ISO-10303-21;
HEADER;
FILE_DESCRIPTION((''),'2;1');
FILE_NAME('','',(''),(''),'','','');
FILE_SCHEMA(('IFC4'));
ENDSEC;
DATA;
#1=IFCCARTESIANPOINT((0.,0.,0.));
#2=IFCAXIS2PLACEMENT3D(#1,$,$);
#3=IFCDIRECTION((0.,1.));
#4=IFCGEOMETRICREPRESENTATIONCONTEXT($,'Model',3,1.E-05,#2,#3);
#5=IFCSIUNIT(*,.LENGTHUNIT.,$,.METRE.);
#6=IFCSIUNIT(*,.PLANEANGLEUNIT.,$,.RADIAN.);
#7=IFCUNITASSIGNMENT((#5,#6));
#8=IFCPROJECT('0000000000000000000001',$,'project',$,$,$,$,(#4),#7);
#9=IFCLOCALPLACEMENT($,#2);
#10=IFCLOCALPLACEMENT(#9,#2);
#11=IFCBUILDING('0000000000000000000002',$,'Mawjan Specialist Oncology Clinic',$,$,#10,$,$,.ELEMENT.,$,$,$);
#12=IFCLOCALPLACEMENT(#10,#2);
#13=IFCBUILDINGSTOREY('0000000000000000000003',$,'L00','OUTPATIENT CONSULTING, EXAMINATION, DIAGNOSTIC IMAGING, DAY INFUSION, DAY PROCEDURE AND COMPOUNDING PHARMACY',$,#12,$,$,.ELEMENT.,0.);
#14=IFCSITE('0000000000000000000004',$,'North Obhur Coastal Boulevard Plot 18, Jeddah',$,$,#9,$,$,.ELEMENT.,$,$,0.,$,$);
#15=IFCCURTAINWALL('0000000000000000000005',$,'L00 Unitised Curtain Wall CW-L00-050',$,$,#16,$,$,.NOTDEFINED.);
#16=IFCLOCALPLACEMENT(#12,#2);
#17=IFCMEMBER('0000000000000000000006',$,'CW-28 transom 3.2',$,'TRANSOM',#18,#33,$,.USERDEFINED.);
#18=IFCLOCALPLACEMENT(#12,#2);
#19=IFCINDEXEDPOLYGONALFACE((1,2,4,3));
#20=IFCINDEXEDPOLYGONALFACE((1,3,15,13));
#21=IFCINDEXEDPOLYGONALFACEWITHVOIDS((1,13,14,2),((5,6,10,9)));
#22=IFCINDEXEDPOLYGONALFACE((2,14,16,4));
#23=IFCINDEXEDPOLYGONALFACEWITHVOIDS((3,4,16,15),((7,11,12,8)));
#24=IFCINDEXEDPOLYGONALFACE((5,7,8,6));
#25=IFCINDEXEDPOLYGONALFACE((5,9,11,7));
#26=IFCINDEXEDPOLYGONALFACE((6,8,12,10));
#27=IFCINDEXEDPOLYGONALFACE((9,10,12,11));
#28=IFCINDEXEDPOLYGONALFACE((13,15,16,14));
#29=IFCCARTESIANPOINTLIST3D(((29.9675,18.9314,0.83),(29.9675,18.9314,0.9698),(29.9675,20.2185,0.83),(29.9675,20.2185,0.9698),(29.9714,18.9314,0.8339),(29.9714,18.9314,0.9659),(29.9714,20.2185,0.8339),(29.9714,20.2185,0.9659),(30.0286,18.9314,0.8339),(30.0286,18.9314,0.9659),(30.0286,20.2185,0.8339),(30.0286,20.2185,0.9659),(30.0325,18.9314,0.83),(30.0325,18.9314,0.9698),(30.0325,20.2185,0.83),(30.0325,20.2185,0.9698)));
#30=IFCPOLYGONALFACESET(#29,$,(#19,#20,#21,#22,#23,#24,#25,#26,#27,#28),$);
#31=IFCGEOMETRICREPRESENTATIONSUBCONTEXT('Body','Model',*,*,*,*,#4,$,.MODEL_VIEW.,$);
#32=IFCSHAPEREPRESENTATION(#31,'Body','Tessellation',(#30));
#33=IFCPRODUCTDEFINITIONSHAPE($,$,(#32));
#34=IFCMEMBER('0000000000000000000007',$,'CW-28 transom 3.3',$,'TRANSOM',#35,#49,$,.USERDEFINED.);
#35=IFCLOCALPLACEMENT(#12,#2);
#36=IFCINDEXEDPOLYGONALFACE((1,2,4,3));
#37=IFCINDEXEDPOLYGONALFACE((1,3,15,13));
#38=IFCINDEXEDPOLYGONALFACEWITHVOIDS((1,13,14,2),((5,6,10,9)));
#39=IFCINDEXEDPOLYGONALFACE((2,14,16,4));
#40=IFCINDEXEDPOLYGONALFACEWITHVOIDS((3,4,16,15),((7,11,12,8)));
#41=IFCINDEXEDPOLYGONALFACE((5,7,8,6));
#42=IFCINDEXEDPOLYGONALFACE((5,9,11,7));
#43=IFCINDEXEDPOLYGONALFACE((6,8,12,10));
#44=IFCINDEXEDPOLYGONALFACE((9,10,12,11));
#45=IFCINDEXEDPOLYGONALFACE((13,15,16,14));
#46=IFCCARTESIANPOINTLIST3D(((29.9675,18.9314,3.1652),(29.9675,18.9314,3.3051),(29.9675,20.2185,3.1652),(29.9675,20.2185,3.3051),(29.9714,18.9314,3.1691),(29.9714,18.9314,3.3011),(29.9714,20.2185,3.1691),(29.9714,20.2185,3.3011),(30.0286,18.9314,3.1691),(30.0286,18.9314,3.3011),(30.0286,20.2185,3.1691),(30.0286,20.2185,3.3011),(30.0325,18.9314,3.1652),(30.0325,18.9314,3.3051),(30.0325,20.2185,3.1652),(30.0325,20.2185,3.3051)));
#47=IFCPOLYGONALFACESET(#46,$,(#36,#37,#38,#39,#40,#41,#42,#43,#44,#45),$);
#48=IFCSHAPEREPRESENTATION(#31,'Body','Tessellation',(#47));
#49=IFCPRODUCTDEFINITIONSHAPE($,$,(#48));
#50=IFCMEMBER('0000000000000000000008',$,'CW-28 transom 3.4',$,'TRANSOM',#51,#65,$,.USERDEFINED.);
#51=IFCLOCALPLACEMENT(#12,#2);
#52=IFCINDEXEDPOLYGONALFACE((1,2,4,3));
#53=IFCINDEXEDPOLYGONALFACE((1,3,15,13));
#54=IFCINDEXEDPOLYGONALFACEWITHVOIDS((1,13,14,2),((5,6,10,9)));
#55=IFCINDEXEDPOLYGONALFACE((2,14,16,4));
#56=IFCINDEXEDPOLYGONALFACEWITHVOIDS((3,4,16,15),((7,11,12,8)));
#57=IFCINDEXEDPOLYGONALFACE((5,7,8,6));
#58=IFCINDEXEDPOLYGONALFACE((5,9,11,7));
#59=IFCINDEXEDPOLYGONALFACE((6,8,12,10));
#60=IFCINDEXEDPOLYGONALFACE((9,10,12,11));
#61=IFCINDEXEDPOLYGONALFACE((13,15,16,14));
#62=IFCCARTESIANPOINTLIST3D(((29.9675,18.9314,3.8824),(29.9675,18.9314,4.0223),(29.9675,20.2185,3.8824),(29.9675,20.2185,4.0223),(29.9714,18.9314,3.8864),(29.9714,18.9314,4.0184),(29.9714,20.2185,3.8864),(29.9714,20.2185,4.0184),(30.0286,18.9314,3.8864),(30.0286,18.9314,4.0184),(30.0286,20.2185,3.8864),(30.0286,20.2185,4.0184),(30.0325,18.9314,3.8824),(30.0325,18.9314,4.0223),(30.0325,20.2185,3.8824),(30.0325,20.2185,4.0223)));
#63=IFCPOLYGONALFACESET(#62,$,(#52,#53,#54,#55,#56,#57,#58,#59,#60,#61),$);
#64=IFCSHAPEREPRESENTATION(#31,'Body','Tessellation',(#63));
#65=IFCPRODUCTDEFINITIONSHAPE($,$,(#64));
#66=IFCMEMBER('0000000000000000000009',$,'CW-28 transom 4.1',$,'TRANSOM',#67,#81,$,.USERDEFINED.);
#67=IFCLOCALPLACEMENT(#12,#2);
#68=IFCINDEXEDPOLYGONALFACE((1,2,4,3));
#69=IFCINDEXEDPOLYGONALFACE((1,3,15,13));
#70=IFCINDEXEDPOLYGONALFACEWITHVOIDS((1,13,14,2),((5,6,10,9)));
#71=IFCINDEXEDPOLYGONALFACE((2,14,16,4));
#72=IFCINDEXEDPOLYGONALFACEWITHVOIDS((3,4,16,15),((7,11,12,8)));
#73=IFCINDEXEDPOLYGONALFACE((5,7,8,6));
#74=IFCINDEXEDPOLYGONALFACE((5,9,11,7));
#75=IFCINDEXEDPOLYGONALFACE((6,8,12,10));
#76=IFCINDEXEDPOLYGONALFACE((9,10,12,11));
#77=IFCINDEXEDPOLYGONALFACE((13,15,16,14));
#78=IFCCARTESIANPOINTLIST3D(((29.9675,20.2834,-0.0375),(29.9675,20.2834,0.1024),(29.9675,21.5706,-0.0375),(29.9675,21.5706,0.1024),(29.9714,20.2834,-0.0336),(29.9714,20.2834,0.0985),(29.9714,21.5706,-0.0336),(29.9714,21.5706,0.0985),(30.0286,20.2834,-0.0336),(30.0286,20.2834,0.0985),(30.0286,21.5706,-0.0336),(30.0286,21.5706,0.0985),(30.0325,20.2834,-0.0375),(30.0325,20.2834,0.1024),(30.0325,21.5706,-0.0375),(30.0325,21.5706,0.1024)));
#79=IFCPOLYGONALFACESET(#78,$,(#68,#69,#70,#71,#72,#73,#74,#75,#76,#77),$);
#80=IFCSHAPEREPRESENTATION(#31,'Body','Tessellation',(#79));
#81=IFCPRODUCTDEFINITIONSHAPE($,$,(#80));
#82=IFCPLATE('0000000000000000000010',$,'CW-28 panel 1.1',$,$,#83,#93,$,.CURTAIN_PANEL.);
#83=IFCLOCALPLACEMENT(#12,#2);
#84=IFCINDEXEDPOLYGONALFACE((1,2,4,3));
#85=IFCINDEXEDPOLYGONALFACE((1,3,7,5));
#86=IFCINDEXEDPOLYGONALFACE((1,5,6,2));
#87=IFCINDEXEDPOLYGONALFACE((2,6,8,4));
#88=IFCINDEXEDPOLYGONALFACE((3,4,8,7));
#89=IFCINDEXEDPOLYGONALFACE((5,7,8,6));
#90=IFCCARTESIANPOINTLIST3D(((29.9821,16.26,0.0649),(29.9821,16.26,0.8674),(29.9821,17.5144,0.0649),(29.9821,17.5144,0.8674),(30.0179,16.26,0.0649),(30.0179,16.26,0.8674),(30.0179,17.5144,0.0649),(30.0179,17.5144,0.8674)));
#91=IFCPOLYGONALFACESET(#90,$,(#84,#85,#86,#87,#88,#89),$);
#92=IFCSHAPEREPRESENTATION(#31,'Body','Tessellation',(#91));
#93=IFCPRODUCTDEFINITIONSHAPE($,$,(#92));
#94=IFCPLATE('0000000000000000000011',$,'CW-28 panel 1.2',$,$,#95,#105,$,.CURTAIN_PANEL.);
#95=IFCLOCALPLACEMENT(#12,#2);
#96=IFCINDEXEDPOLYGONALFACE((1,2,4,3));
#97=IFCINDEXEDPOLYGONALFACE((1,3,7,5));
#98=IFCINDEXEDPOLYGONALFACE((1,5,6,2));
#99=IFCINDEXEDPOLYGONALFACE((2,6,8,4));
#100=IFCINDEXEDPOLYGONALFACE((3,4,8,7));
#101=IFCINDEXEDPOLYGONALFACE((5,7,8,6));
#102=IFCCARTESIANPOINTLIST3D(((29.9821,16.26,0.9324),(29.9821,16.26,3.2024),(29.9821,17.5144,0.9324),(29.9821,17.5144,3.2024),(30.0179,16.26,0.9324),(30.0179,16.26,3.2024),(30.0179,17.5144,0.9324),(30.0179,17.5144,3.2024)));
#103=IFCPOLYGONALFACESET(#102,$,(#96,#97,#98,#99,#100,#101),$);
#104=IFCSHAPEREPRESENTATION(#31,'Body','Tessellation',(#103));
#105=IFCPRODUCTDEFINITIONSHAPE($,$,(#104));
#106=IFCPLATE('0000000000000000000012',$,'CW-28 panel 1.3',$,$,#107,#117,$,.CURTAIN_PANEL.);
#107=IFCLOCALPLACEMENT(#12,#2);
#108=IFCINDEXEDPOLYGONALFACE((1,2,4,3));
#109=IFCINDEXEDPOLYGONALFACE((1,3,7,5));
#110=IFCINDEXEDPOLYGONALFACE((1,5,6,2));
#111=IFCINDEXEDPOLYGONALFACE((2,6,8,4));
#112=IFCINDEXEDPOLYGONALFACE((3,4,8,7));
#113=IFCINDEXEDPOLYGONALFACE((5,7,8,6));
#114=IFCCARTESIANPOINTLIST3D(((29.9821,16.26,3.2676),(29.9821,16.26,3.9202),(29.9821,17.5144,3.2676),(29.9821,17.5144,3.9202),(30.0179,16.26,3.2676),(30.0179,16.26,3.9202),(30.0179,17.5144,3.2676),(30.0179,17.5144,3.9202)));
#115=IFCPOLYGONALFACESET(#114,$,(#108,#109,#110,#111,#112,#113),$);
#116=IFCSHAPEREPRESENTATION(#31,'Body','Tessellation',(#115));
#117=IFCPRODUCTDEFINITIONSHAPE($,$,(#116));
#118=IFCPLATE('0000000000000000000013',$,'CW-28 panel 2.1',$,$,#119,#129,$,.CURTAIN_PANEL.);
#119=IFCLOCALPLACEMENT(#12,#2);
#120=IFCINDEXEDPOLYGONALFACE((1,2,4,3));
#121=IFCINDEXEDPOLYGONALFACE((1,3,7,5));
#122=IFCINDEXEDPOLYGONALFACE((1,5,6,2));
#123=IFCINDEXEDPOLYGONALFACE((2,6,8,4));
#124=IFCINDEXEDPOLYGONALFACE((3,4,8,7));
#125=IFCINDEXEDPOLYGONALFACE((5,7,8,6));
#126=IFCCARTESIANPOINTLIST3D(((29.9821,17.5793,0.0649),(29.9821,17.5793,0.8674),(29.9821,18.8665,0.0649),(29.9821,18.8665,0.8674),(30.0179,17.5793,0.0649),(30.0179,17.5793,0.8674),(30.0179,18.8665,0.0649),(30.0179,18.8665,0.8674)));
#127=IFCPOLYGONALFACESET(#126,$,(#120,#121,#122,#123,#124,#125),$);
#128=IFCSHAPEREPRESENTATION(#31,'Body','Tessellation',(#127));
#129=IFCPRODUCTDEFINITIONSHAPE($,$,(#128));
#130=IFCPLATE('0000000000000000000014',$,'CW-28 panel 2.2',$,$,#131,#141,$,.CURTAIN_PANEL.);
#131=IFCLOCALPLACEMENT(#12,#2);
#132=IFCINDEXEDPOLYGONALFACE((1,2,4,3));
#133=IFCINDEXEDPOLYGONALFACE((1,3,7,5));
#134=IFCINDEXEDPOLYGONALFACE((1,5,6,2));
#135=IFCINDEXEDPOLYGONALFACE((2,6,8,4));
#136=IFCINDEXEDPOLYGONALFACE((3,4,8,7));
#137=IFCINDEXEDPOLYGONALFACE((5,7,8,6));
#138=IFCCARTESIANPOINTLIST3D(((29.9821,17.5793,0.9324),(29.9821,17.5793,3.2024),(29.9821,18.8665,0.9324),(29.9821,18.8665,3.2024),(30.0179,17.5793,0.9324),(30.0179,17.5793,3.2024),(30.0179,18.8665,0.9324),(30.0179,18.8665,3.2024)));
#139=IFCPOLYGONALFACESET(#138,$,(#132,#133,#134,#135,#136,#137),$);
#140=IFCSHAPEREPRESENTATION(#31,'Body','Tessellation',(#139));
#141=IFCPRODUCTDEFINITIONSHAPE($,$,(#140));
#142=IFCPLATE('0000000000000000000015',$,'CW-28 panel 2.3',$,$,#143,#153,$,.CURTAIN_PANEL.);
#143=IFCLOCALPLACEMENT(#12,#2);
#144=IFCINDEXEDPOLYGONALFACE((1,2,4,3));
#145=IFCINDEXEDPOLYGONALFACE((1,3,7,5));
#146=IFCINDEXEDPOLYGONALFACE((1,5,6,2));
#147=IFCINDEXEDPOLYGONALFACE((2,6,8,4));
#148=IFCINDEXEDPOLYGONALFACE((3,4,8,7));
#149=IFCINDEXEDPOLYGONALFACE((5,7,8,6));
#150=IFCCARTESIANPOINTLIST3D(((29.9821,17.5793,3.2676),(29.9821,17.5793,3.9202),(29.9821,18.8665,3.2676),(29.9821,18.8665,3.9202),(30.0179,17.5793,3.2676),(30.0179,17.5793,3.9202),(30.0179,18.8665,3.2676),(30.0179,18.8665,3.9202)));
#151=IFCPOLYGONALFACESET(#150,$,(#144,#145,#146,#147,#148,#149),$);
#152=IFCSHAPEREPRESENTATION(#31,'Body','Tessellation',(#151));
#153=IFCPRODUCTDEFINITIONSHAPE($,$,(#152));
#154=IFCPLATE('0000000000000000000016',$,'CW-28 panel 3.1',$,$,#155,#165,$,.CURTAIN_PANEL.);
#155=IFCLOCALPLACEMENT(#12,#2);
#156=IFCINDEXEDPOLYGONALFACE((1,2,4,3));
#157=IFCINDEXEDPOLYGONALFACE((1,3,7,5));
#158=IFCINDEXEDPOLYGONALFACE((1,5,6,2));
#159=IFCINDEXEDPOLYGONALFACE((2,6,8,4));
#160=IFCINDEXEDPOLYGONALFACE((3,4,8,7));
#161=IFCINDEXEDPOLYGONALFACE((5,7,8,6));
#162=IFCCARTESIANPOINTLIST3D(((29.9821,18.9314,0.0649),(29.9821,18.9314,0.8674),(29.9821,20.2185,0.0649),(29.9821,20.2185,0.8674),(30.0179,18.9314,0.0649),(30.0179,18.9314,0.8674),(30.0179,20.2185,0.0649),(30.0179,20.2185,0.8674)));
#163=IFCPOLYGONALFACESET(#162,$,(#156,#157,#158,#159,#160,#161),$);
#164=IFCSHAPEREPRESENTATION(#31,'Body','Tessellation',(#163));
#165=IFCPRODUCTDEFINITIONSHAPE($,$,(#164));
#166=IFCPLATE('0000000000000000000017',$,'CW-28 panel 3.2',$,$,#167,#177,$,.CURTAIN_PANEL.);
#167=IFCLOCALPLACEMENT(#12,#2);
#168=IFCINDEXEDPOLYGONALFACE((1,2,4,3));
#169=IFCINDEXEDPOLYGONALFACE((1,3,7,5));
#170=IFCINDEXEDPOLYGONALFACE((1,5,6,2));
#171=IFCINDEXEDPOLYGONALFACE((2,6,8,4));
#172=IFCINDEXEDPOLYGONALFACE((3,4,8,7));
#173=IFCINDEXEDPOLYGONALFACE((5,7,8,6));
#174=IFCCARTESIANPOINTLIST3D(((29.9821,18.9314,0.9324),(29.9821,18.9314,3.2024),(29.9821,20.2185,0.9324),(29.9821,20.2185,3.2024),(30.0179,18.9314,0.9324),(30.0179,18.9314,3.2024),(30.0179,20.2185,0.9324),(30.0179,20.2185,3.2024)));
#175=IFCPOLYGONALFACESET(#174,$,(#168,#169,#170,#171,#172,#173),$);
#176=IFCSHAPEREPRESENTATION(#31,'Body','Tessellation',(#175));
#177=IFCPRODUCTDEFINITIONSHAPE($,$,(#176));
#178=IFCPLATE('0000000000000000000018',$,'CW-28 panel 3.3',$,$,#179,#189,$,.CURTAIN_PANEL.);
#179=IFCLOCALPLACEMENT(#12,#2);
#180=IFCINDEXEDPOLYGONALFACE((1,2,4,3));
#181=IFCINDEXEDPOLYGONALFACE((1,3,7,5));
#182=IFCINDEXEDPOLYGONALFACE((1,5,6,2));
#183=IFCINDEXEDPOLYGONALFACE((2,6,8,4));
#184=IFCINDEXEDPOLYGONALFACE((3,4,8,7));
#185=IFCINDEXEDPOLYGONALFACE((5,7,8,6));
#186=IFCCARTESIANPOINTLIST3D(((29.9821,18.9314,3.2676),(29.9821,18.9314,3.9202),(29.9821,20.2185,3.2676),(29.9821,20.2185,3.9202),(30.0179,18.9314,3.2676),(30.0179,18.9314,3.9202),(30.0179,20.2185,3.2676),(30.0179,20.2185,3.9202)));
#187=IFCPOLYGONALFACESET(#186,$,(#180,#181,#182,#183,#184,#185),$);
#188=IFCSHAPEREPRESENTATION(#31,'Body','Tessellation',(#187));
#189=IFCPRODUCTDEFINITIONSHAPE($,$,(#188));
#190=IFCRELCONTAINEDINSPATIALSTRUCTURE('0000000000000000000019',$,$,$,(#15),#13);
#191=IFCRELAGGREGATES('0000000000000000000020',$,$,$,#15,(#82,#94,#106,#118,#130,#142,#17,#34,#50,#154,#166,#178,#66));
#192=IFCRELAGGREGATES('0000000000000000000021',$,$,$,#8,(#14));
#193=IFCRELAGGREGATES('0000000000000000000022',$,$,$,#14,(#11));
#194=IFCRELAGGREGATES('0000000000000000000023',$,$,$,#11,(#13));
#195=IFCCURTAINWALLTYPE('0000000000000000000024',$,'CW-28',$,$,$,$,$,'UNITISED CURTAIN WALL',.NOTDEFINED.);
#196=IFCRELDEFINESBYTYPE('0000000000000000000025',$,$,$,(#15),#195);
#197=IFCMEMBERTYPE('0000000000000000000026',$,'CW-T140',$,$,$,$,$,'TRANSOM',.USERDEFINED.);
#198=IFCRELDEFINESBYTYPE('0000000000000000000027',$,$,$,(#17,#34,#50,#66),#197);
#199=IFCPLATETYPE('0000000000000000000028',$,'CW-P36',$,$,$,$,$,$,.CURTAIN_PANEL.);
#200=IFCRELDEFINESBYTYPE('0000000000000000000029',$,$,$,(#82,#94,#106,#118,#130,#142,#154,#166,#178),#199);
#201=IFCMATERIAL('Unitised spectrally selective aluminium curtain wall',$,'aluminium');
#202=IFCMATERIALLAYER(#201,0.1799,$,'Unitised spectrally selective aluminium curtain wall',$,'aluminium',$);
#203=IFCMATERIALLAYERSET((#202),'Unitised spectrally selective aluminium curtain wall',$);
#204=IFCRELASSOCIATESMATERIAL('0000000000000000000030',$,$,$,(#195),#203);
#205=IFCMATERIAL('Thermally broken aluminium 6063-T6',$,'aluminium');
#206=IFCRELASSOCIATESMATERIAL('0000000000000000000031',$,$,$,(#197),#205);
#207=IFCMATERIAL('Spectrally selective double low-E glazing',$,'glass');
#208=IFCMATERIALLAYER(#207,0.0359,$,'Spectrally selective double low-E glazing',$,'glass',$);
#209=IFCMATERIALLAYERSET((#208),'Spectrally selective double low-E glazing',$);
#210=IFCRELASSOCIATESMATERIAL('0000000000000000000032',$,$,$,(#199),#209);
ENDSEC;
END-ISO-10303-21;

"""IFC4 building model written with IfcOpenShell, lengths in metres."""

from ifc_helpers import new_model, si_unit, direction, frame, origin, origin_2d, place, context, subcontext, project, spatial, rectangle, hollow_rectangle, extrude, material, layer, layer_set, material_profile, profile_set, type_object, element, aggregate, save


model = new_model("IFC4")

# Units and contexts
model_context = context("Model", 3, precision=1e-05, world=origin(), true_north=direction((0.0, 1.0)))
body_context = subcontext(model_context, "Body", "Model", "MODEL_VIEW")
ifc_project = project(units=[si_unit("LENGTHUNIT", "METRE"), si_unit("PLANEANGLEUNIT", "RADIAN")], contexts=[model_context])

# Site, building, storey
site_placement = place(None, origin())
site = spatial("IfcSite", under=ifc_project, at=site_placement, Name="North Obhur Coastal Boulevard Plot 18, Jeddah", CompositionType="ELEMENT", RefElevation=0.0)
building_placement = place(site_placement, origin())
building = spatial("IfcBuilding", under=site, at=building_placement, Name="Mawjan Specialist Oncology Clinic", CompositionType="ELEMENT")
storey_placement = place(building_placement, origin())
storey = spatial("IfcBuildingStorey", under=building, at=storey_placement, Name="L00", Description="OUTPATIENT CONSULTING, EXAMINATION, DIAGNOSTIC IMAGING, DAY INFUSION, DAY PROCEDURE AND COMPOUNDING PHARMACY", CompositionType="ELEMENT", Elevation=0.0)

# Curtain wall, members, plates
ifc_material_1 = material(Name="Unitised spectrally selective aluminium curtain wall", Category="aluminium")
ifc_layer_1 = layer(ifc_material_1, 0.1799, Name="Unitised spectrally selective aluminium curtain wall", Category="aluminium")
ifc_layer_set_1 = layer_set([ifc_layer_1], Name="Unitised spectrally selective aluminium curtain wall")
curtain_wall_type = type_object("IfcCurtainWallType", Name="CW-28", ElementType="UNITISED CURTAIN WALL", PredefinedType="NOTDEFINED", material=ifc_layer_set_1)
curtain_wall_placement = place(storey_placement, origin())
curtain_wall = element("IfcCurtainWall", 1, at=curtain_wall_placement, inside=storey, type_object=curtain_wall_type, Name="L00 Unitised Curtain Wall CW-L00-050", PredefinedType="NOTDEFINED")
ifc_material_2 = material(Name="Thermally broken aluminium 6063-T6", Category="aluminium")
ifc_material_profile_1 = material_profile(ifc_material_2, hollow_rectangle(XDim=0.0649, YDim=0.1399, WallThickness=0.0039, at=origin_2d()), Name="ALU TRANSOM 140x65x4", Category="aluminium")
ifc_profile_set_1 = profile_set([ifc_material_profile_1], Name="Thermally broken aluminium 6063-T6")
member_type_1 = type_object("IfcMemberType", Name="CW-T140", ElementType="TRANSOM", PredefinedType="USERDEFINED", material=ifc_profile_set_1)
member_1_placement = place(storey_placement, frame((30.0, 18.9314, 0.8999), z_axis=(0.0, 1.0, 0.0), x_axis=(-1.0, 0.0, 0.0)))
member_1 = element("IfcMember", 2, at=member_1_placement, type_object=member_type_1, Name="CW-28 transom 3.2", ObjectType="TRANSOM", PredefinedType="USERDEFINED", context=body_context, shape_type="SweptSolid", body=[
    extrude(hollow_rectangle(XDim=0.0649, YDim=0.1399, WallThickness=0.0039, at=origin_2d()), origin(), (0.0, 0.0, 1.0), 1.2871),
])
member_2_placement = place(storey_placement, frame((30.0, 18.9314, 3.2351), z_axis=(0.0, 1.0, 0.0), x_axis=(-1.0, 0.0, 0.0)))
member_2 = element("IfcMember", 3, at=member_2_placement, type_object=member_type_1, Name="CW-28 transom 3.3", ObjectType="TRANSOM", PredefinedType="USERDEFINED", context=body_context, shape_type="SweptSolid", body=[
    extrude(hollow_rectangle(XDim=0.0649, YDim=0.1399, WallThickness=0.0039, at=origin_2d()), origin(), (0.0, 0.0, 1.0), 1.2871),
])
member_3_placement = place(storey_placement, frame((30.0, 18.9314, 3.9524), z_axis=(0.0, 1.0, 0.0), x_axis=(-1.0, 0.0, 0.0)))
member_3 = element("IfcMember", 4, at=member_3_placement, type_object=member_type_1, Name="CW-28 transom 3.4", ObjectType="TRANSOM", PredefinedType="USERDEFINED", context=body_context, shape_type="SweptSolid", body=[
    extrude(hollow_rectangle(XDim=0.0649, YDim=0.1399, WallThickness=0.0039, at=origin_2d()), origin(), (0.0, 0.0, 1.0), 1.2871),
])
member_4_placement = place(storey_placement, frame((30.0, 20.2834, 0.0325), z_axis=(0.0, 1.0, 0.0), x_axis=(-1.0, 0.0, 0.0)))
member_4 = element("IfcMember", 5, at=member_4_placement, type_object=member_type_1, Name="CW-28 transom 4.1", ObjectType="TRANSOM", PredefinedType="USERDEFINED", context=body_context, shape_type="SweptSolid", body=[
    extrude(hollow_rectangle(XDim=0.0649, YDim=0.1399, WallThickness=0.0039, at=origin_2d()), origin(), (0.0, 0.0, 1.0), 1.2871),
])
ifc_material_3 = material(Name="Spectrally selective double low-E glazing", Category="glass")
ifc_layer_2 = layer(ifc_material_3, 0.0359, Name="Spectrally selective double low-E glazing", Category="glass")
ifc_layer_set_2 = layer_set([ifc_layer_2], Name="Spectrally selective double low-E glazing")
plate_type = type_object("IfcPlateType", Name="CW-P36", PredefinedType="CURTAIN_PANEL", material=ifc_layer_set_2)
plate_1_placement = place(storey_placement, frame((30.0, 16.8872, 0.0649), z_axis=(0.0, 0.0, 1.0), x_axis=(0.0, 1.0, 0.0)))
plate_1 = element("IfcPlate", 6, at=plate_1_placement, type_object=plate_type, Name="CW-28 panel 1.1", PredefinedType="CURTAIN_PANEL", context=body_context, shape_type="SweptSolid", body=[
    extrude(rectangle(XDim=1.2544, YDim=0.0359, at=origin_2d()), origin(), (0.0, 0.0, 1.0), 0.8025),
])
plate_2_placement = place(storey_placement, frame((30.0, 16.8872, 0.9324), z_axis=(0.0, 0.0, 1.0), x_axis=(0.0, 1.0, 0.0)))
plate_2 = element("IfcPlate", 7, at=plate_2_placement, type_object=plate_type, Name="CW-28 panel 1.2", PredefinedType="CURTAIN_PANEL", context=body_context, shape_type="SweptSolid", body=[
    extrude(rectangle(XDim=1.2544, YDim=0.0359, at=origin_2d()), origin(), (0.0, 0.0, 1.0), 2.27),
])
plate_3_placement = place(storey_placement, frame((30.0, 16.8872, 3.2676), z_axis=(0.0, 0.0, 1.0), x_axis=(0.0, 1.0, 0.0)))
plate_3 = element("IfcPlate", 8, at=plate_3_placement, type_object=plate_type, Name="CW-28 panel 1.3", PredefinedType="CURTAIN_PANEL", context=body_context, shape_type="SweptSolid", body=[
    extrude(rectangle(XDim=1.2544, YDim=0.0359, at=origin_2d()), origin(), (0.0, 0.0, 1.0), 0.6526),
])
plate_4_placement = place(storey_placement, frame((30.0, 18.2229, 0.0649), z_axis=(0.0, 0.0, 1.0), x_axis=(0.0, 1.0, 0.0)))
plate_4 = element("IfcPlate", 9, at=plate_4_placement, type_object=plate_type, Name="CW-28 panel 2.1", PredefinedType="CURTAIN_PANEL", context=body_context, shape_type="SweptSolid", body=[
    extrude(rectangle(XDim=1.2871, YDim=0.0359, at=origin_2d()), origin(), (0.0, 0.0, 1.0), 0.8025),
])
plate_5_placement = place(storey_placement, frame((30.0, 18.2229, 0.9324), z_axis=(0.0, 0.0, 1.0), x_axis=(0.0, 1.0, 0.0)))
plate_5 = element("IfcPlate", 10, at=plate_5_placement, type_object=plate_type, Name="CW-28 panel 2.2", PredefinedType="CURTAIN_PANEL", context=body_context, shape_type="SweptSolid", body=[
    extrude(rectangle(XDim=1.2871, YDim=0.0359, at=origin_2d()), origin(), (0.0, 0.0, 1.0), 2.27),
])
plate_6_placement = place(storey_placement, frame((30.0, 18.2229, 3.2676), z_axis=(0.0, 0.0, 1.0), x_axis=(0.0, 1.0, 0.0)))
plate_6 = element("IfcPlate", 11, at=plate_6_placement, type_object=plate_type, Name="CW-28 panel 2.3", PredefinedType="CURTAIN_PANEL", context=body_context, shape_type="SweptSolid", body=[
    extrude(rectangle(XDim=1.2871, YDim=0.0359, at=origin_2d()), origin(), (0.0, 0.0, 1.0), 0.6526),
])
plate_7_placement = place(storey_placement, frame((30.0, 19.575, 0.0649), z_axis=(0.0, 0.0, 1.0), x_axis=(0.0, 1.0, 0.0)))
plate_7 = element("IfcPlate", 12, at=plate_7_placement, type_object=plate_type, Name="CW-28 panel 3.1", PredefinedType="CURTAIN_PANEL", context=body_context, shape_type="SweptSolid", body=[
    extrude(rectangle(XDim=1.2871, YDim=0.0359, at=origin_2d()), origin(), (0.0, 0.0, 1.0), 0.8025),
])
plate_8_placement = place(storey_placement, frame((30.0, 19.575, 0.9324), z_axis=(0.0, 0.0, 1.0), x_axis=(0.0, 1.0, 0.0)))
plate_8 = element("IfcPlate", 13, at=plate_8_placement, type_object=plate_type, Name="CW-28 panel 3.2", PredefinedType="CURTAIN_PANEL", context=body_context, shape_type="SweptSolid", body=[
    extrude(rectangle(XDim=1.2871, YDim=0.0359, at=origin_2d()), origin(), (0.0, 0.0, 1.0), 2.27),
])
plate_9_placement = place(storey_placement, frame((30.0, 19.575, 3.2676), z_axis=(0.0, 0.0, 1.0), x_axis=(0.0, 1.0, 0.0)))
plate_9 = element("IfcPlate", 14, at=plate_9_placement, type_object=plate_type, Name="CW-28 panel 3.3", PredefinedType="CURTAIN_PANEL", context=body_context, shape_type="SweptSolid", body=[
    extrude(rectangle(XDim=1.2871, YDim=0.0359, at=origin_2d()), origin(), (0.0, 0.0, 1.0), 0.6526),
])
aggregate(curtain_wall, [plate_1, plate_2, plate_3, plate_4, plate_5, plate_6, member_1, member_2, member_3, plate_7, plate_8, plate_9, member_4])

save(model, "model.ifc")
